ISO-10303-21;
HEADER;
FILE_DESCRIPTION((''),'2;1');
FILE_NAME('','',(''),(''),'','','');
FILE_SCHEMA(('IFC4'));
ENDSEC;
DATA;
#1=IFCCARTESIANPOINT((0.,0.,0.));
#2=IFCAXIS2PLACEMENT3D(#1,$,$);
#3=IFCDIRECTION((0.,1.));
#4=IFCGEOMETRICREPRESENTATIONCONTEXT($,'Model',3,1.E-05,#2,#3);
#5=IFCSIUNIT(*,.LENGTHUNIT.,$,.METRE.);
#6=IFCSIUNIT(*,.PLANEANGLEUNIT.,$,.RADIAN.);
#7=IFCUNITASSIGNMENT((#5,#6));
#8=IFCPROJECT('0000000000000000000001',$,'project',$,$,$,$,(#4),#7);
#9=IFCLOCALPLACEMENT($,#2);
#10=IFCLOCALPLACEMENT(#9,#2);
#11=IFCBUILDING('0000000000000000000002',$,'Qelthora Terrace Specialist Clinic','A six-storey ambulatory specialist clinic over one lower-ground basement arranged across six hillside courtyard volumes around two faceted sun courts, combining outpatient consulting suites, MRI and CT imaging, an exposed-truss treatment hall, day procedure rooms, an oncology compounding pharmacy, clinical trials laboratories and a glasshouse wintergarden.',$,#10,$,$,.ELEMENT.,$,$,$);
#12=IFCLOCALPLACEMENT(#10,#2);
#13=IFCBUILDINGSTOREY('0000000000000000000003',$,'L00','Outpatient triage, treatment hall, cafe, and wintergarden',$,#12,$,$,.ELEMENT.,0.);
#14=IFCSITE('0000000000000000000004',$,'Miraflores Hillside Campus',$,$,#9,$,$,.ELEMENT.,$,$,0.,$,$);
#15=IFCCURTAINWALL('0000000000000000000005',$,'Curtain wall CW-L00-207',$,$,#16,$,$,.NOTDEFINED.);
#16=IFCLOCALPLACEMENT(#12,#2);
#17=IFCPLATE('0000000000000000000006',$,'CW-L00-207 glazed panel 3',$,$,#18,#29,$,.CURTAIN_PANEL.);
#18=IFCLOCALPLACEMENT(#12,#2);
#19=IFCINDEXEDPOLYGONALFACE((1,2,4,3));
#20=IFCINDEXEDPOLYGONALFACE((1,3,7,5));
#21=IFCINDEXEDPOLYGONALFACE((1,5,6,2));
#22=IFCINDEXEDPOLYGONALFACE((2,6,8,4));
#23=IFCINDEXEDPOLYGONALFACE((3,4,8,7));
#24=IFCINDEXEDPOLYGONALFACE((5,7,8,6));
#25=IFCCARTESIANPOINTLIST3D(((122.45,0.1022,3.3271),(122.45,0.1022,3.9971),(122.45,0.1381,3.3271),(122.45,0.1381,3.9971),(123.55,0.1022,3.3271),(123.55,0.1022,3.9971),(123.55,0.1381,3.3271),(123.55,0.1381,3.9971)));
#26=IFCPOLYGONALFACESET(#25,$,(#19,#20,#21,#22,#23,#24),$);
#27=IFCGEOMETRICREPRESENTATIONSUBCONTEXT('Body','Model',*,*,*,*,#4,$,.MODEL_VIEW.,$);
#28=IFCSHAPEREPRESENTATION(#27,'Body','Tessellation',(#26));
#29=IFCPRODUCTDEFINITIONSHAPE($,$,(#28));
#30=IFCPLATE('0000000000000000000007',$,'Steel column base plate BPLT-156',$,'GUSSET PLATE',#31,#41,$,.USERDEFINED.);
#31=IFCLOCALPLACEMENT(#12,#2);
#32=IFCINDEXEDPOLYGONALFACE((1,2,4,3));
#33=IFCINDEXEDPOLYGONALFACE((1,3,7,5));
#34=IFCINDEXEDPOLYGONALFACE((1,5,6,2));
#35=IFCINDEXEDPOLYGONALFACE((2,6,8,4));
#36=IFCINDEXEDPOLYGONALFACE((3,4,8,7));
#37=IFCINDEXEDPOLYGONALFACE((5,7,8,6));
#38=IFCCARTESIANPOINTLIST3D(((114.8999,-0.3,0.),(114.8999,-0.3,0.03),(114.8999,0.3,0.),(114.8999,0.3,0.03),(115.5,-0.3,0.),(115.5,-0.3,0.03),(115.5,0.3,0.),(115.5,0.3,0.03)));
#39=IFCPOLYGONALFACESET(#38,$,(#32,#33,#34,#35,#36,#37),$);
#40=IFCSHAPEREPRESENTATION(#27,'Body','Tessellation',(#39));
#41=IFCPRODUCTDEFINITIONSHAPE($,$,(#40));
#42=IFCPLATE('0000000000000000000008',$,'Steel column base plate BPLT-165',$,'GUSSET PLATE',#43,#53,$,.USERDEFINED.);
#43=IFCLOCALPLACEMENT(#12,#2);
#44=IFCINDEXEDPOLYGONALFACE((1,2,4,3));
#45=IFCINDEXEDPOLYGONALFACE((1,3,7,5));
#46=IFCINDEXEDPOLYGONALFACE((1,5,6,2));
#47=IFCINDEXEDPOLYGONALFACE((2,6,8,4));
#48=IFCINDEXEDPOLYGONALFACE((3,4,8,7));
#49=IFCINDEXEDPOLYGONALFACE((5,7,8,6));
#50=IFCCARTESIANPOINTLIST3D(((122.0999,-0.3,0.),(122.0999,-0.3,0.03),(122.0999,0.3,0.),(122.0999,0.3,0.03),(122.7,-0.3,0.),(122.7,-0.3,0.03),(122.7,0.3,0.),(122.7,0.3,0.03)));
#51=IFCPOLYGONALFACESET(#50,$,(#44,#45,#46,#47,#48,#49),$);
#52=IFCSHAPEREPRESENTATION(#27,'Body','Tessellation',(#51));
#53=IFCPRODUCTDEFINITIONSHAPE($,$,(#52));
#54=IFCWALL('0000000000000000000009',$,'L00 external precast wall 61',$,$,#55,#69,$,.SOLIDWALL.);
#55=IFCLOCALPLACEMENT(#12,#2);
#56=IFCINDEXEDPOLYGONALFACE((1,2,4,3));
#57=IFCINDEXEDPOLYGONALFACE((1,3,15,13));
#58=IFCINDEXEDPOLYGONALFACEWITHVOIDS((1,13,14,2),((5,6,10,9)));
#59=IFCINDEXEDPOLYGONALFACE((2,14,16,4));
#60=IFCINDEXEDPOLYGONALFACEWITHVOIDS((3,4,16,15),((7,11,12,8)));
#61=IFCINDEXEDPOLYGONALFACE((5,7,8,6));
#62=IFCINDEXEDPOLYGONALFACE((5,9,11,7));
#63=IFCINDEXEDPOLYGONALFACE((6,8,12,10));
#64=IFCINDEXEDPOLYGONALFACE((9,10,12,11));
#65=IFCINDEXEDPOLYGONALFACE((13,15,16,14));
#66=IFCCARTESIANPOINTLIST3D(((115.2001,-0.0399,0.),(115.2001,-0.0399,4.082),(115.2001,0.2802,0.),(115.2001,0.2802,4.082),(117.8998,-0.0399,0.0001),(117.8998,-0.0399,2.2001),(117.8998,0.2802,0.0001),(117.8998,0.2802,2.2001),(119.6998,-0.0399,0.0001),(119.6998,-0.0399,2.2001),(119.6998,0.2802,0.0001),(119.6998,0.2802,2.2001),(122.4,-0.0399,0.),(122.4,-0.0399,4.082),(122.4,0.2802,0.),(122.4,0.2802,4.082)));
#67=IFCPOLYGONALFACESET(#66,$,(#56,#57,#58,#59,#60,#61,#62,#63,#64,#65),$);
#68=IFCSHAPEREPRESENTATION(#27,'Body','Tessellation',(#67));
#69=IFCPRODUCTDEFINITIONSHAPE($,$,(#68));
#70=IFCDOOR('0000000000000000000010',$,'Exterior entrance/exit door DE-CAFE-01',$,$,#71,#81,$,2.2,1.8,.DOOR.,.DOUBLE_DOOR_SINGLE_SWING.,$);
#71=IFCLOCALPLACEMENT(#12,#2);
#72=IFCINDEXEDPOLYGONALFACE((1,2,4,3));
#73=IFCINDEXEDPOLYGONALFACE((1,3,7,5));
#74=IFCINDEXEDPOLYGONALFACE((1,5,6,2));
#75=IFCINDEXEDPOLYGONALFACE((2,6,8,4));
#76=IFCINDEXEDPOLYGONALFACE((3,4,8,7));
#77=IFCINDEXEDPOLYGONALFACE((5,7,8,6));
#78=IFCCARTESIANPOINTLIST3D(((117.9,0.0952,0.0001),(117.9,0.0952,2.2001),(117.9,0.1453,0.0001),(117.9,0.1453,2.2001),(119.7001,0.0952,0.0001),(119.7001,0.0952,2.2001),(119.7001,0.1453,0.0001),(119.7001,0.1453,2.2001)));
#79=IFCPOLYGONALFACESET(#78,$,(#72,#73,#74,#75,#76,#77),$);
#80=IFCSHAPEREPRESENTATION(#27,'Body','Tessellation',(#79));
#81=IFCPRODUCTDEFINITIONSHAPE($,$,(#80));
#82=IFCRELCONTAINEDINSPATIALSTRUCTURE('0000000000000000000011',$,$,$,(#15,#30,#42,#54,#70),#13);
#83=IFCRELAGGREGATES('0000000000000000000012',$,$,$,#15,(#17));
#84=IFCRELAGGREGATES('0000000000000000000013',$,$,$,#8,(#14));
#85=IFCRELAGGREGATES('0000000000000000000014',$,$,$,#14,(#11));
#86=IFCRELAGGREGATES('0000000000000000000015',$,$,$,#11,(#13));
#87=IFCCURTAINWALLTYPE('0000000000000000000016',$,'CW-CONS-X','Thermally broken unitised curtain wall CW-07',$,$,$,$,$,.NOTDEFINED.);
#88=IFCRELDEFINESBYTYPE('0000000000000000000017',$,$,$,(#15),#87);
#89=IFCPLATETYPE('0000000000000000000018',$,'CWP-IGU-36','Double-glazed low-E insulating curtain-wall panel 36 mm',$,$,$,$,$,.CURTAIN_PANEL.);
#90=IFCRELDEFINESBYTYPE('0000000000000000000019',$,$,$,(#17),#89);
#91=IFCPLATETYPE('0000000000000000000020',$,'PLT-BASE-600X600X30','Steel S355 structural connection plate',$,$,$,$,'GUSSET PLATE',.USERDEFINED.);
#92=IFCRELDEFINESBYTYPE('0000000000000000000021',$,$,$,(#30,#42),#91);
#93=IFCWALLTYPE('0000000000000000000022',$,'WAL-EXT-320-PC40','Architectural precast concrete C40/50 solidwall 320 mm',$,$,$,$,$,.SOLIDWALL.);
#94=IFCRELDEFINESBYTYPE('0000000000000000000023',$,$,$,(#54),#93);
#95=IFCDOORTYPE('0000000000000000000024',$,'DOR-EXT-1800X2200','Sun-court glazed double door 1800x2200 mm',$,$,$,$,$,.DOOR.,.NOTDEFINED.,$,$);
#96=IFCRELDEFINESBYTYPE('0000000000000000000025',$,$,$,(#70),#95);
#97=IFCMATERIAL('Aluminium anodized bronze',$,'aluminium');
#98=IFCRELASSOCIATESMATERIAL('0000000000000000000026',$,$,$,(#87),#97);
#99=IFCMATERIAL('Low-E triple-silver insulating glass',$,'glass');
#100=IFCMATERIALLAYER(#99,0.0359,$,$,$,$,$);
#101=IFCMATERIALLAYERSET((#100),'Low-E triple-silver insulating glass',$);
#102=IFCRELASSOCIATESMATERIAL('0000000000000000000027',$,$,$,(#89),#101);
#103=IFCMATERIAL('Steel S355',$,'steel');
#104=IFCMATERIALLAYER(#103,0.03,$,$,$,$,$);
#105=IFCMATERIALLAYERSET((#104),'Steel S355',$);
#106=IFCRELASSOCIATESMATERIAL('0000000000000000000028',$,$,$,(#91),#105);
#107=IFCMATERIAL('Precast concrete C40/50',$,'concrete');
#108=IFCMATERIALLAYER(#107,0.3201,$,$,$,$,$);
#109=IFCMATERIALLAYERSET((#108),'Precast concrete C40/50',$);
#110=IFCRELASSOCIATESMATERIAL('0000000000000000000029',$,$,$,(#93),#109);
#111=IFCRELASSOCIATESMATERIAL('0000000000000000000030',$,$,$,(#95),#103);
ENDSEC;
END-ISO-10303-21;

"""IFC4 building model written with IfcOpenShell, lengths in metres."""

from ifc_helpers import new_model, si_unit, direction, frame, frame_2d, origin, origin_2d, place, context, subcontext, project, spatial, rectangle, extrude, material, layer, layer_set, type_object, element, fill, aggregate, save


model = new_model("IFC4")

# Units and contexts
model_context = context("Model", 3, precision=1e-05, world=origin(), true_north=direction((0.0, 1.0)))
body_context = subcontext(model_context, "Body", "Model", "MODEL_VIEW")
ifc_project = project(units=[si_unit("LENGTHUNIT", "METRE"), si_unit("PLANEANGLEUNIT", "RADIAN")], contexts=[model_context])

# Site, building, storey
site_placement = place(None, origin())
site = spatial("IfcSite", under=ifc_project, at=site_placement, Name="Miraflores Hillside Campus", CompositionType="ELEMENT", RefElevation=0.0)
building_placement = place(site_placement, origin())
building = spatial("IfcBuilding", under=site, at=building_placement, Name="Qelthora Terrace Specialist Clinic", Description="A six-storey ambulatory specialist clinic over one lower-ground basement arranged across six hillside courtyard volumes around two faceted sun courts, combining outpatient consulting suites, MRI and CT imaging, an exposed-truss treatment hall, day procedure rooms, an oncology compounding pharmacy, clinical trials laboratories and a glasshouse wintergarden.", CompositionType="ELEMENT")
storey_placement = place(building_placement, origin())
storey = spatial("IfcBuildingStorey", under=building, at=storey_placement, Name="L00", Description="Outpatient triage, treatment hall, cafe, and wintergarden", CompositionType="ELEMENT", Elevation=0.0)

# Shared definitions
ifc_material_1 = material(Name="Steel S355", Category="steel")

# Curtain wall
ifc_material_2 = material(Name="Aluminium anodized bronze", Category="aluminium")
curtain_wall_type = type_object("IfcCurtainWallType", Name="CW-CONS-X", Description="Thermally broken unitised curtain wall CW-07", PredefinedType="NOTDEFINED", material=ifc_material_2)
curtain_wall_1_placement = place(storey_placement, origin())
curtain_wall_1 = element("IfcCurtainWall", 1, at=curtain_wall_1_placement, inside=storey, type_object=curtain_wall_type, Name="Curtain wall CW-L00-207", PredefinedType="NOTDEFINED")

# Plate
ifc_material_3 = material(Name="Low-E triple-silver insulating glass", Category="glass")
ifc_layer_1 = layer(ifc_material_3, 0.0359)
ifc_layer_set_1 = layer_set([ifc_layer_1], Name="Low-E triple-silver insulating glass")
plate_type_1 = type_object("IfcPlateType", Name="CWP-IGU-36", Description="Double-glazed low-E insulating curtain-wall panel 36 mm", PredefinedType="CURTAIN_PANEL", material=ifc_layer_set_1)
plate_1_placement = place(storey_placement, frame((123.0, 0.1201, 3.3271), z_axis=(0.0, 0.0, 1.0), x_axis=(1.0, 0.0, 0.0)))
plate_1 = element("IfcPlate", 2, at=plate_1_placement, type_object=plate_type_1, Name="CW-L00-207 glazed panel 3", PredefinedType="CURTAIN_PANEL", context=body_context, shape_type="SweptSolid", body=[
    extrude(rectangle(XDim=1.1001, YDim=0.0359, at=origin_2d()), origin(), (0.0, 0.0, 1.0), 0.6699),
])
aggregate(curtain_wall_1, [plate_1])

# Plates
ifc_layer_2 = layer(ifc_material_1, 0.03)
ifc_layer_set_2 = layer_set([ifc_layer_2], Name="Steel S355")
plate_type_2 = type_object("IfcPlateType", Name="PLT-BASE-600X600X30", Description="Steel S355 structural connection plate", ElementType="GUSSET PLATE", PredefinedType="USERDEFINED", material=ifc_layer_set_2)
for number, where, z_axis, x_axis, name in (
    (3, (115.2, 0.0, 0.0), (0.0, 0.0, 1.0), (1.0, 0.0, 0.0), "Steel column base plate BPLT-156"),
    (4, (122.3999, 0.0, 0.0), (0.0, 0.0, 1.0), (1.0, 0.0, 0.0), "Steel column base plate BPLT-165"),
):
    element("IfcPlate", number, at=place(storey_placement, frame(where, z_axis=z_axis, x_axis=x_axis)), inside=storey, type_object=plate_type_2, Name=name, ObjectType="GUSSET PLATE", PredefinedType="USERDEFINED", context=body_context, shape_type="SweptSolid", body=[
        extrude(rectangle(XDim=0.6001, YDim=0.6001, at=origin_2d()), origin(), (0.0, 0.0, 1.0), 0.03),
    ])

# Wall, opening, door
ifc_material_4 = material(Name="Precast concrete C40/50", Category="concrete")
ifc_layer_3 = layer(ifc_material_4, 0.3201)
ifc_layer_set_3 = layer_set([ifc_layer_3], Name="Precast concrete C40/50")
wall_type = type_object("IfcWallType", Name="WAL-EXT-320-PC40", Description="Architectural precast concrete C40/50 solidwall 320 mm", PredefinedType="SOLIDWALL", material=ifc_layer_set_3)
wall_placement = place(storey_placement, frame((115.2, 0.1201, 0.0), z_axis=(0.0, 0.0, 1.0), x_axis=(1.0, 0.0, 0.0)))
wall = element("IfcWall", 5, at=wall_placement, inside=storey, type_object=wall_type, Name="L00 external precast wall 61", PredefinedType="SOLIDWALL", context=body_context, shape_type="SweptSolid", body=[
    extrude(rectangle(XDim=7.2, YDim=0.3201, at=frame_2d((3.6001, 0.0))), origin(), (0.0, 0.0, 1.0), 4.082),
])
opening_placement = place(wall_placement, frame((2.7, 0.0, 0.0)))
opening = element("IfcOpeningElement", 6, at=opening_placement, cuts=wall, PredefinedType="OPENING", context=body_context, shape_type="SweptSolid", body=[
    extrude(rectangle(XDim=1.8, YDim=2.2, at=frame_2d((0.8999, 1.1001))), frame((0.0, 0.1699, 0.0), z_axis=(0.0, -1.0, 0.0), x_axis=(1.0, 0.0, 0.0)), (0.0, 0.0, 1.0), 0.3401),
])
door_type = type_object("IfcDoorType", Name="DOR-EXT-1800X2200", Description="Sun-court glazed double door 1800x2200 mm", OperationType="NOTDEFINED", PredefinedType="DOOR", material=ifc_material_1)
door_placement = place(opening_placement, frame((1.8, 0.0, 0.0), z_axis=(0.0, 0.0, 1.0), x_axis=(-1.0, 0.0, 0.0)))
door = element("IfcDoor", 7, at=door_placement, inside=storey, type_object=door_type, Name="Exterior entrance/exit door DE-CAFE-01", OperationType="DOUBLE_DOOR_SINGLE_SWING", OverallHeight=2.2, OverallWidth=1.8, PredefinedType="DOOR", context=body_context, shape_type="SweptSolid", body=[
    extrude(rectangle(XDim=1.8, YDim=2.2, at=frame_2d((0.8999, 1.1001))), frame((0.0, 0.0249, 0.0), z_axis=(0.0, -1.0, 0.0), x_axis=(1.0, 0.0, 0.0)), (0.0, 0.0, 1.0), 0.05),
])
fill(opening, door)

save(model, "model.ifc")
